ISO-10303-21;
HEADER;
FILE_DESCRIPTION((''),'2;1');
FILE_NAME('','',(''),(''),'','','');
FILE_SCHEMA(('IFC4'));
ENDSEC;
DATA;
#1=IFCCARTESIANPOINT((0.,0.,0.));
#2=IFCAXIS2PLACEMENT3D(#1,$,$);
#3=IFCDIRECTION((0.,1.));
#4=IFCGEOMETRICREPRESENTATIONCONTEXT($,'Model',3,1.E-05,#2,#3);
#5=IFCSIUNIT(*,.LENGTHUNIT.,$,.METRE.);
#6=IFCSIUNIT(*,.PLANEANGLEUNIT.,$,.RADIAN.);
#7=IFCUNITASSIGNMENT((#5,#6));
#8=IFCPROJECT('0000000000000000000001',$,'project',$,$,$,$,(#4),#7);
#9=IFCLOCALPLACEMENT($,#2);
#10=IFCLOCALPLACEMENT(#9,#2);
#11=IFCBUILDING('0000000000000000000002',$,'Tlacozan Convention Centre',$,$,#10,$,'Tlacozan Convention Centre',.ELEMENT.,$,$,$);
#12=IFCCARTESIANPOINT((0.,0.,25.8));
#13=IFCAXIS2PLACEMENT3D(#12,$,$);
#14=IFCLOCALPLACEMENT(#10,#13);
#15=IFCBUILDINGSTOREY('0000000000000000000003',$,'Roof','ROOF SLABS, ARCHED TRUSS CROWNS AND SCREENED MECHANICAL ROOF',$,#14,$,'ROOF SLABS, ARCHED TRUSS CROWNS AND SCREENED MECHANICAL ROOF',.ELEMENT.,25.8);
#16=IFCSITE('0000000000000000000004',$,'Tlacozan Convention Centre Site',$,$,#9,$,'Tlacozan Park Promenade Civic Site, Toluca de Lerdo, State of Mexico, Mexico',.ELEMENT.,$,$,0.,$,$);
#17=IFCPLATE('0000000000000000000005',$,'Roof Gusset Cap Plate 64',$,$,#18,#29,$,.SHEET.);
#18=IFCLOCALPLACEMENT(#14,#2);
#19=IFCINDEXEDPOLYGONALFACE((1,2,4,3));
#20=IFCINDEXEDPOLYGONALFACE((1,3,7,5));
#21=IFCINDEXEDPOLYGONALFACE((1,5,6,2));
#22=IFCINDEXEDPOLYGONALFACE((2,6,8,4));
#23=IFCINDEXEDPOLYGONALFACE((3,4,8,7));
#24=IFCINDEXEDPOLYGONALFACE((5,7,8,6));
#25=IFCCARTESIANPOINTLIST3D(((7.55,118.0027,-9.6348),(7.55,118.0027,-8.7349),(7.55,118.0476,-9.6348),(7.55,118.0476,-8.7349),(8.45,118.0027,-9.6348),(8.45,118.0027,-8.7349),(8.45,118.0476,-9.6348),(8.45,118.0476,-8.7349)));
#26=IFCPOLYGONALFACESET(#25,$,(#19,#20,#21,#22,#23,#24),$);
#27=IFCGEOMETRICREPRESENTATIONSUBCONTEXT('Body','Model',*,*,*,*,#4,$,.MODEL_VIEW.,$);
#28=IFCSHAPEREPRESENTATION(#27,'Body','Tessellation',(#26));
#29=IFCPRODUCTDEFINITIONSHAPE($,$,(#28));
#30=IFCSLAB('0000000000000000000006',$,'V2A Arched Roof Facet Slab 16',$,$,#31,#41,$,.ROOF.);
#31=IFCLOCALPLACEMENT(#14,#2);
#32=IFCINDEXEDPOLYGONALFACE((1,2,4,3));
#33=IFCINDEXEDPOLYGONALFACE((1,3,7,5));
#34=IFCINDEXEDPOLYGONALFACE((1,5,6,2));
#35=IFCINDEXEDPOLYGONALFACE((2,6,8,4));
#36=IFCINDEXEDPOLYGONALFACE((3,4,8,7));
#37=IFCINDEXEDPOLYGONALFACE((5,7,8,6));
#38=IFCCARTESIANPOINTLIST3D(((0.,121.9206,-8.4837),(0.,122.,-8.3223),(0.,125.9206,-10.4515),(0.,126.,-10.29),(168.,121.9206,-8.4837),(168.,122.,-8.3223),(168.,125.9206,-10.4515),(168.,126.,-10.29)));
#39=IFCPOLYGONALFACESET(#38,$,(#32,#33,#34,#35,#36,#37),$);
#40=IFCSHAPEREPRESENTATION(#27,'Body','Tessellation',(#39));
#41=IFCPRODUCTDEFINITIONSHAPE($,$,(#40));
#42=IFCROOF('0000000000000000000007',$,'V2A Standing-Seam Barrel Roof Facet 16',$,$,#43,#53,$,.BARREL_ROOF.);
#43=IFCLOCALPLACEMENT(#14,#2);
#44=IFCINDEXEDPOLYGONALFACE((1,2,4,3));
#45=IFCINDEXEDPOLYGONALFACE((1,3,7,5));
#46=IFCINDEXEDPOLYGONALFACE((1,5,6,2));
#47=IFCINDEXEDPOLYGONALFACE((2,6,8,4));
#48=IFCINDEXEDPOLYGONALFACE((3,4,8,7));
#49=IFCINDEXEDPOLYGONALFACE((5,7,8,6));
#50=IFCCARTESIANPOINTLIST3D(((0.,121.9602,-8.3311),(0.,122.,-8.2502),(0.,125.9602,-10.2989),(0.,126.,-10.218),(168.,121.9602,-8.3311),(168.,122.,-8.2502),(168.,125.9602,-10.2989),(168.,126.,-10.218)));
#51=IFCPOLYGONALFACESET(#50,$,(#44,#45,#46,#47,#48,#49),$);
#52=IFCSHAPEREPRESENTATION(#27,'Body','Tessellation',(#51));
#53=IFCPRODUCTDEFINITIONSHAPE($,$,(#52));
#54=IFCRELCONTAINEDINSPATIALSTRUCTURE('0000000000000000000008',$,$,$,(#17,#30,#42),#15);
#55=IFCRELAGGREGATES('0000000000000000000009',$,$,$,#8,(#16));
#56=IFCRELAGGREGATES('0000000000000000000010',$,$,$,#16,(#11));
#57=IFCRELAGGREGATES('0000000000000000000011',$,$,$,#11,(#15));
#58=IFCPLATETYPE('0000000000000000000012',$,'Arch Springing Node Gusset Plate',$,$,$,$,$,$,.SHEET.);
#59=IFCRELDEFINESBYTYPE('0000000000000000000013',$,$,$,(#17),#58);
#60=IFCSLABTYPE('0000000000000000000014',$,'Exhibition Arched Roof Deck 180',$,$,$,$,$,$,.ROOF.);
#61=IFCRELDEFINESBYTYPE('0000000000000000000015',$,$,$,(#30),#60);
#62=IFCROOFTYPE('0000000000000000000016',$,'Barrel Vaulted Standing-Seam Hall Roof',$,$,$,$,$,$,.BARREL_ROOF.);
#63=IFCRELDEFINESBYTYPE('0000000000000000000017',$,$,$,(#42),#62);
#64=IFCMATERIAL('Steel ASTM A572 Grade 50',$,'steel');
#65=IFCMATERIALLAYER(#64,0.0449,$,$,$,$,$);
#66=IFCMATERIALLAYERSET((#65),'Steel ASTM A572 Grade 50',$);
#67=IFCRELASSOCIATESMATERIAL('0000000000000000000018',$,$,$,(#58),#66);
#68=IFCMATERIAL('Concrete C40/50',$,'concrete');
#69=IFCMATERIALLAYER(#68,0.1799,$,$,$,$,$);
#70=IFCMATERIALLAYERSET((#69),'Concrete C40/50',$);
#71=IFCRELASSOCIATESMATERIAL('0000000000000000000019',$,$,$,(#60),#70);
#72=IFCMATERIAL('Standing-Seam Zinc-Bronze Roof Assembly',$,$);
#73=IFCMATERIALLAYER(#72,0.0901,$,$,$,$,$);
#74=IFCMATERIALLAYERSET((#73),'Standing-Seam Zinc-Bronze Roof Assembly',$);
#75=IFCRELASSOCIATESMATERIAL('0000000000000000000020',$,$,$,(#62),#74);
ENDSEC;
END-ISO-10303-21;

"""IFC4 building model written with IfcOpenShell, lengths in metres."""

from ifc_helpers import new_model, si_unit, direction, frame, origin, origin_2d, place, context, subcontext, project, spatial, polyline, rectangle, outline, extrude, material, layer, layer_set, type_object, element, save


model = new_model("IFC4")

# Units and contexts
model_context = context("Model", 3, precision=1e-05, world=origin(), true_north=direction((0.0, 1.0)))
body_context = subcontext(model_context, "Body", "Model", "MODEL_VIEW")
ifc_project = project(units=[si_unit("LENGTHUNIT", "METRE"), si_unit("PLANEANGLEUNIT", "RADIAN")], contexts=[model_context])

# Site, building, storey
site_placement = place(None, origin())
site = spatial("IfcSite", under=ifc_project, at=site_placement, Name="Tlacozan Convention Centre Site", LongName="Tlacozan Park Promenade Civic Site, Toluca de Lerdo, State of Mexico, Mexico", CompositionType="ELEMENT", RefElevation=0.0)
building_placement = place(site_placement, origin())
building = spatial("IfcBuilding", under=site, at=building_placement, Name="Tlacozan Convention Centre", LongName="Tlacozan Convention Centre", CompositionType="ELEMENT")
storey_placement = place(building_placement, frame((0.0, 0.0, 25.8)))
storey = spatial("IfcBuildingStorey", under=building, at=storey_placement, Name="Roof", Description="ROOF SLABS, ARCHED TRUSS CROWNS AND SCREENED MECHANICAL ROOF", LongName="ROOF SLABS, ARCHED TRUSS CROWNS AND SCREENED MECHANICAL ROOF", CompositionType="ELEMENT", Elevation=25.8)

# Plate
ifc_material_1 = material(Name="Steel ASTM A572 Grade 50", Category="steel")
ifc_layer_1 = layer(ifc_material_1, 0.0449)
ifc_layer_set_1 = layer_set([ifc_layer_1], Name="Steel ASTM A572 Grade 50")
plate_type = type_object("IfcPlateType", Name="Arch Springing Node Gusset Plate", PredefinedType="SHEET", material=ifc_layer_set_1)
for number, where, z_axis, x_axis, name in (
    (1, (8.0, 118.0251, -9.6348), (0.0, 0.0, 1.0), (0.0, 1.0, 0.0), "Roof Gusset Cap Plate 64"),
):
    element("IfcPlate", number, at=place(storey_placement, frame(where, z_axis=z_axis, x_axis=x_axis)), inside=storey, type_object=plate_type, Name=name, PredefinedType="SHEET", context=body_context, shape_type="SweptSolid", body=[
        extrude(rectangle(XDim=0.0449, YDim=0.8999, at=origin_2d()), origin(), (0.0, 0.0, 1.0), 0.8999),
    ])

# Slab
ifc_material_2 = material(Name="Concrete C40/50", Category="concrete")
ifc_layer_2 = layer(ifc_material_2, 0.1799)
ifc_layer_set_2 = layer_set([ifc_layer_2], Name="Concrete C40/50")
slab_type = type_object("IfcSlabType", Name="Exhibition Arched Roof Deck 180", PredefinedType="ROOF", material=ifc_layer_set_2)
slab_placement = place(storey_placement, frame((0.0, 122.0, -8.3223), z_axis=(0.0, 0.441421, 0.8973), x_axis=(1.0, 0.0, 0.0)))
element("IfcSlab", 2, at=slab_placement, inside=storey, type_object=slab_type, Name="V2A Arched Roof Facet Slab 16", PredefinedType="ROOF", context=body_context, shape_type="SweptSolid", body=[
    extrude(outline(polyline([(0.0, 0.0), (168.0, 0.0), (168.0, 4.4578), (0.0, 4.4578), (0.0, 0.0)])), origin(), (0.0, 0.0, -1.0), 0.1799),
])

# Roof
ifc_material_3 = material(Name="Standing-Seam Zinc-Bronze Roof Assembly")
ifc_layer_3 = layer(ifc_material_3, 0.0901)
ifc_layer_set_3 = layer_set([ifc_layer_3], Name="Standing-Seam Zinc-Bronze Roof Assembly")
roof_type = type_object("IfcRoofType", Name="Barrel Vaulted Standing-Seam Hall Roof", PredefinedType="BARREL_ROOF", material=ifc_layer_set_3)
roof_placement = place(storey_placement, frame((0.0, 122.0, -8.2502), z_axis=(0.0, 0.441421, 0.8973), x_axis=(1.0, 0.0, 0.0)))
element("IfcRoof", 3, at=roof_placement, inside=storey, type_object=roof_type, Name="V2A Standing-Seam Barrel Roof Facet 16", PredefinedType="BARREL_ROOF", context=body_context, shape_type="SweptSolid", body=[
    extrude(outline(polyline([(0.0, 0.0), (168.0, 0.0), (168.0, 4.4578), (0.0, 4.4578), (0.0, 0.0)])), origin(), (0.0, 0.0, -1.0), 0.0901),
])

save(model, "model.ifc")
